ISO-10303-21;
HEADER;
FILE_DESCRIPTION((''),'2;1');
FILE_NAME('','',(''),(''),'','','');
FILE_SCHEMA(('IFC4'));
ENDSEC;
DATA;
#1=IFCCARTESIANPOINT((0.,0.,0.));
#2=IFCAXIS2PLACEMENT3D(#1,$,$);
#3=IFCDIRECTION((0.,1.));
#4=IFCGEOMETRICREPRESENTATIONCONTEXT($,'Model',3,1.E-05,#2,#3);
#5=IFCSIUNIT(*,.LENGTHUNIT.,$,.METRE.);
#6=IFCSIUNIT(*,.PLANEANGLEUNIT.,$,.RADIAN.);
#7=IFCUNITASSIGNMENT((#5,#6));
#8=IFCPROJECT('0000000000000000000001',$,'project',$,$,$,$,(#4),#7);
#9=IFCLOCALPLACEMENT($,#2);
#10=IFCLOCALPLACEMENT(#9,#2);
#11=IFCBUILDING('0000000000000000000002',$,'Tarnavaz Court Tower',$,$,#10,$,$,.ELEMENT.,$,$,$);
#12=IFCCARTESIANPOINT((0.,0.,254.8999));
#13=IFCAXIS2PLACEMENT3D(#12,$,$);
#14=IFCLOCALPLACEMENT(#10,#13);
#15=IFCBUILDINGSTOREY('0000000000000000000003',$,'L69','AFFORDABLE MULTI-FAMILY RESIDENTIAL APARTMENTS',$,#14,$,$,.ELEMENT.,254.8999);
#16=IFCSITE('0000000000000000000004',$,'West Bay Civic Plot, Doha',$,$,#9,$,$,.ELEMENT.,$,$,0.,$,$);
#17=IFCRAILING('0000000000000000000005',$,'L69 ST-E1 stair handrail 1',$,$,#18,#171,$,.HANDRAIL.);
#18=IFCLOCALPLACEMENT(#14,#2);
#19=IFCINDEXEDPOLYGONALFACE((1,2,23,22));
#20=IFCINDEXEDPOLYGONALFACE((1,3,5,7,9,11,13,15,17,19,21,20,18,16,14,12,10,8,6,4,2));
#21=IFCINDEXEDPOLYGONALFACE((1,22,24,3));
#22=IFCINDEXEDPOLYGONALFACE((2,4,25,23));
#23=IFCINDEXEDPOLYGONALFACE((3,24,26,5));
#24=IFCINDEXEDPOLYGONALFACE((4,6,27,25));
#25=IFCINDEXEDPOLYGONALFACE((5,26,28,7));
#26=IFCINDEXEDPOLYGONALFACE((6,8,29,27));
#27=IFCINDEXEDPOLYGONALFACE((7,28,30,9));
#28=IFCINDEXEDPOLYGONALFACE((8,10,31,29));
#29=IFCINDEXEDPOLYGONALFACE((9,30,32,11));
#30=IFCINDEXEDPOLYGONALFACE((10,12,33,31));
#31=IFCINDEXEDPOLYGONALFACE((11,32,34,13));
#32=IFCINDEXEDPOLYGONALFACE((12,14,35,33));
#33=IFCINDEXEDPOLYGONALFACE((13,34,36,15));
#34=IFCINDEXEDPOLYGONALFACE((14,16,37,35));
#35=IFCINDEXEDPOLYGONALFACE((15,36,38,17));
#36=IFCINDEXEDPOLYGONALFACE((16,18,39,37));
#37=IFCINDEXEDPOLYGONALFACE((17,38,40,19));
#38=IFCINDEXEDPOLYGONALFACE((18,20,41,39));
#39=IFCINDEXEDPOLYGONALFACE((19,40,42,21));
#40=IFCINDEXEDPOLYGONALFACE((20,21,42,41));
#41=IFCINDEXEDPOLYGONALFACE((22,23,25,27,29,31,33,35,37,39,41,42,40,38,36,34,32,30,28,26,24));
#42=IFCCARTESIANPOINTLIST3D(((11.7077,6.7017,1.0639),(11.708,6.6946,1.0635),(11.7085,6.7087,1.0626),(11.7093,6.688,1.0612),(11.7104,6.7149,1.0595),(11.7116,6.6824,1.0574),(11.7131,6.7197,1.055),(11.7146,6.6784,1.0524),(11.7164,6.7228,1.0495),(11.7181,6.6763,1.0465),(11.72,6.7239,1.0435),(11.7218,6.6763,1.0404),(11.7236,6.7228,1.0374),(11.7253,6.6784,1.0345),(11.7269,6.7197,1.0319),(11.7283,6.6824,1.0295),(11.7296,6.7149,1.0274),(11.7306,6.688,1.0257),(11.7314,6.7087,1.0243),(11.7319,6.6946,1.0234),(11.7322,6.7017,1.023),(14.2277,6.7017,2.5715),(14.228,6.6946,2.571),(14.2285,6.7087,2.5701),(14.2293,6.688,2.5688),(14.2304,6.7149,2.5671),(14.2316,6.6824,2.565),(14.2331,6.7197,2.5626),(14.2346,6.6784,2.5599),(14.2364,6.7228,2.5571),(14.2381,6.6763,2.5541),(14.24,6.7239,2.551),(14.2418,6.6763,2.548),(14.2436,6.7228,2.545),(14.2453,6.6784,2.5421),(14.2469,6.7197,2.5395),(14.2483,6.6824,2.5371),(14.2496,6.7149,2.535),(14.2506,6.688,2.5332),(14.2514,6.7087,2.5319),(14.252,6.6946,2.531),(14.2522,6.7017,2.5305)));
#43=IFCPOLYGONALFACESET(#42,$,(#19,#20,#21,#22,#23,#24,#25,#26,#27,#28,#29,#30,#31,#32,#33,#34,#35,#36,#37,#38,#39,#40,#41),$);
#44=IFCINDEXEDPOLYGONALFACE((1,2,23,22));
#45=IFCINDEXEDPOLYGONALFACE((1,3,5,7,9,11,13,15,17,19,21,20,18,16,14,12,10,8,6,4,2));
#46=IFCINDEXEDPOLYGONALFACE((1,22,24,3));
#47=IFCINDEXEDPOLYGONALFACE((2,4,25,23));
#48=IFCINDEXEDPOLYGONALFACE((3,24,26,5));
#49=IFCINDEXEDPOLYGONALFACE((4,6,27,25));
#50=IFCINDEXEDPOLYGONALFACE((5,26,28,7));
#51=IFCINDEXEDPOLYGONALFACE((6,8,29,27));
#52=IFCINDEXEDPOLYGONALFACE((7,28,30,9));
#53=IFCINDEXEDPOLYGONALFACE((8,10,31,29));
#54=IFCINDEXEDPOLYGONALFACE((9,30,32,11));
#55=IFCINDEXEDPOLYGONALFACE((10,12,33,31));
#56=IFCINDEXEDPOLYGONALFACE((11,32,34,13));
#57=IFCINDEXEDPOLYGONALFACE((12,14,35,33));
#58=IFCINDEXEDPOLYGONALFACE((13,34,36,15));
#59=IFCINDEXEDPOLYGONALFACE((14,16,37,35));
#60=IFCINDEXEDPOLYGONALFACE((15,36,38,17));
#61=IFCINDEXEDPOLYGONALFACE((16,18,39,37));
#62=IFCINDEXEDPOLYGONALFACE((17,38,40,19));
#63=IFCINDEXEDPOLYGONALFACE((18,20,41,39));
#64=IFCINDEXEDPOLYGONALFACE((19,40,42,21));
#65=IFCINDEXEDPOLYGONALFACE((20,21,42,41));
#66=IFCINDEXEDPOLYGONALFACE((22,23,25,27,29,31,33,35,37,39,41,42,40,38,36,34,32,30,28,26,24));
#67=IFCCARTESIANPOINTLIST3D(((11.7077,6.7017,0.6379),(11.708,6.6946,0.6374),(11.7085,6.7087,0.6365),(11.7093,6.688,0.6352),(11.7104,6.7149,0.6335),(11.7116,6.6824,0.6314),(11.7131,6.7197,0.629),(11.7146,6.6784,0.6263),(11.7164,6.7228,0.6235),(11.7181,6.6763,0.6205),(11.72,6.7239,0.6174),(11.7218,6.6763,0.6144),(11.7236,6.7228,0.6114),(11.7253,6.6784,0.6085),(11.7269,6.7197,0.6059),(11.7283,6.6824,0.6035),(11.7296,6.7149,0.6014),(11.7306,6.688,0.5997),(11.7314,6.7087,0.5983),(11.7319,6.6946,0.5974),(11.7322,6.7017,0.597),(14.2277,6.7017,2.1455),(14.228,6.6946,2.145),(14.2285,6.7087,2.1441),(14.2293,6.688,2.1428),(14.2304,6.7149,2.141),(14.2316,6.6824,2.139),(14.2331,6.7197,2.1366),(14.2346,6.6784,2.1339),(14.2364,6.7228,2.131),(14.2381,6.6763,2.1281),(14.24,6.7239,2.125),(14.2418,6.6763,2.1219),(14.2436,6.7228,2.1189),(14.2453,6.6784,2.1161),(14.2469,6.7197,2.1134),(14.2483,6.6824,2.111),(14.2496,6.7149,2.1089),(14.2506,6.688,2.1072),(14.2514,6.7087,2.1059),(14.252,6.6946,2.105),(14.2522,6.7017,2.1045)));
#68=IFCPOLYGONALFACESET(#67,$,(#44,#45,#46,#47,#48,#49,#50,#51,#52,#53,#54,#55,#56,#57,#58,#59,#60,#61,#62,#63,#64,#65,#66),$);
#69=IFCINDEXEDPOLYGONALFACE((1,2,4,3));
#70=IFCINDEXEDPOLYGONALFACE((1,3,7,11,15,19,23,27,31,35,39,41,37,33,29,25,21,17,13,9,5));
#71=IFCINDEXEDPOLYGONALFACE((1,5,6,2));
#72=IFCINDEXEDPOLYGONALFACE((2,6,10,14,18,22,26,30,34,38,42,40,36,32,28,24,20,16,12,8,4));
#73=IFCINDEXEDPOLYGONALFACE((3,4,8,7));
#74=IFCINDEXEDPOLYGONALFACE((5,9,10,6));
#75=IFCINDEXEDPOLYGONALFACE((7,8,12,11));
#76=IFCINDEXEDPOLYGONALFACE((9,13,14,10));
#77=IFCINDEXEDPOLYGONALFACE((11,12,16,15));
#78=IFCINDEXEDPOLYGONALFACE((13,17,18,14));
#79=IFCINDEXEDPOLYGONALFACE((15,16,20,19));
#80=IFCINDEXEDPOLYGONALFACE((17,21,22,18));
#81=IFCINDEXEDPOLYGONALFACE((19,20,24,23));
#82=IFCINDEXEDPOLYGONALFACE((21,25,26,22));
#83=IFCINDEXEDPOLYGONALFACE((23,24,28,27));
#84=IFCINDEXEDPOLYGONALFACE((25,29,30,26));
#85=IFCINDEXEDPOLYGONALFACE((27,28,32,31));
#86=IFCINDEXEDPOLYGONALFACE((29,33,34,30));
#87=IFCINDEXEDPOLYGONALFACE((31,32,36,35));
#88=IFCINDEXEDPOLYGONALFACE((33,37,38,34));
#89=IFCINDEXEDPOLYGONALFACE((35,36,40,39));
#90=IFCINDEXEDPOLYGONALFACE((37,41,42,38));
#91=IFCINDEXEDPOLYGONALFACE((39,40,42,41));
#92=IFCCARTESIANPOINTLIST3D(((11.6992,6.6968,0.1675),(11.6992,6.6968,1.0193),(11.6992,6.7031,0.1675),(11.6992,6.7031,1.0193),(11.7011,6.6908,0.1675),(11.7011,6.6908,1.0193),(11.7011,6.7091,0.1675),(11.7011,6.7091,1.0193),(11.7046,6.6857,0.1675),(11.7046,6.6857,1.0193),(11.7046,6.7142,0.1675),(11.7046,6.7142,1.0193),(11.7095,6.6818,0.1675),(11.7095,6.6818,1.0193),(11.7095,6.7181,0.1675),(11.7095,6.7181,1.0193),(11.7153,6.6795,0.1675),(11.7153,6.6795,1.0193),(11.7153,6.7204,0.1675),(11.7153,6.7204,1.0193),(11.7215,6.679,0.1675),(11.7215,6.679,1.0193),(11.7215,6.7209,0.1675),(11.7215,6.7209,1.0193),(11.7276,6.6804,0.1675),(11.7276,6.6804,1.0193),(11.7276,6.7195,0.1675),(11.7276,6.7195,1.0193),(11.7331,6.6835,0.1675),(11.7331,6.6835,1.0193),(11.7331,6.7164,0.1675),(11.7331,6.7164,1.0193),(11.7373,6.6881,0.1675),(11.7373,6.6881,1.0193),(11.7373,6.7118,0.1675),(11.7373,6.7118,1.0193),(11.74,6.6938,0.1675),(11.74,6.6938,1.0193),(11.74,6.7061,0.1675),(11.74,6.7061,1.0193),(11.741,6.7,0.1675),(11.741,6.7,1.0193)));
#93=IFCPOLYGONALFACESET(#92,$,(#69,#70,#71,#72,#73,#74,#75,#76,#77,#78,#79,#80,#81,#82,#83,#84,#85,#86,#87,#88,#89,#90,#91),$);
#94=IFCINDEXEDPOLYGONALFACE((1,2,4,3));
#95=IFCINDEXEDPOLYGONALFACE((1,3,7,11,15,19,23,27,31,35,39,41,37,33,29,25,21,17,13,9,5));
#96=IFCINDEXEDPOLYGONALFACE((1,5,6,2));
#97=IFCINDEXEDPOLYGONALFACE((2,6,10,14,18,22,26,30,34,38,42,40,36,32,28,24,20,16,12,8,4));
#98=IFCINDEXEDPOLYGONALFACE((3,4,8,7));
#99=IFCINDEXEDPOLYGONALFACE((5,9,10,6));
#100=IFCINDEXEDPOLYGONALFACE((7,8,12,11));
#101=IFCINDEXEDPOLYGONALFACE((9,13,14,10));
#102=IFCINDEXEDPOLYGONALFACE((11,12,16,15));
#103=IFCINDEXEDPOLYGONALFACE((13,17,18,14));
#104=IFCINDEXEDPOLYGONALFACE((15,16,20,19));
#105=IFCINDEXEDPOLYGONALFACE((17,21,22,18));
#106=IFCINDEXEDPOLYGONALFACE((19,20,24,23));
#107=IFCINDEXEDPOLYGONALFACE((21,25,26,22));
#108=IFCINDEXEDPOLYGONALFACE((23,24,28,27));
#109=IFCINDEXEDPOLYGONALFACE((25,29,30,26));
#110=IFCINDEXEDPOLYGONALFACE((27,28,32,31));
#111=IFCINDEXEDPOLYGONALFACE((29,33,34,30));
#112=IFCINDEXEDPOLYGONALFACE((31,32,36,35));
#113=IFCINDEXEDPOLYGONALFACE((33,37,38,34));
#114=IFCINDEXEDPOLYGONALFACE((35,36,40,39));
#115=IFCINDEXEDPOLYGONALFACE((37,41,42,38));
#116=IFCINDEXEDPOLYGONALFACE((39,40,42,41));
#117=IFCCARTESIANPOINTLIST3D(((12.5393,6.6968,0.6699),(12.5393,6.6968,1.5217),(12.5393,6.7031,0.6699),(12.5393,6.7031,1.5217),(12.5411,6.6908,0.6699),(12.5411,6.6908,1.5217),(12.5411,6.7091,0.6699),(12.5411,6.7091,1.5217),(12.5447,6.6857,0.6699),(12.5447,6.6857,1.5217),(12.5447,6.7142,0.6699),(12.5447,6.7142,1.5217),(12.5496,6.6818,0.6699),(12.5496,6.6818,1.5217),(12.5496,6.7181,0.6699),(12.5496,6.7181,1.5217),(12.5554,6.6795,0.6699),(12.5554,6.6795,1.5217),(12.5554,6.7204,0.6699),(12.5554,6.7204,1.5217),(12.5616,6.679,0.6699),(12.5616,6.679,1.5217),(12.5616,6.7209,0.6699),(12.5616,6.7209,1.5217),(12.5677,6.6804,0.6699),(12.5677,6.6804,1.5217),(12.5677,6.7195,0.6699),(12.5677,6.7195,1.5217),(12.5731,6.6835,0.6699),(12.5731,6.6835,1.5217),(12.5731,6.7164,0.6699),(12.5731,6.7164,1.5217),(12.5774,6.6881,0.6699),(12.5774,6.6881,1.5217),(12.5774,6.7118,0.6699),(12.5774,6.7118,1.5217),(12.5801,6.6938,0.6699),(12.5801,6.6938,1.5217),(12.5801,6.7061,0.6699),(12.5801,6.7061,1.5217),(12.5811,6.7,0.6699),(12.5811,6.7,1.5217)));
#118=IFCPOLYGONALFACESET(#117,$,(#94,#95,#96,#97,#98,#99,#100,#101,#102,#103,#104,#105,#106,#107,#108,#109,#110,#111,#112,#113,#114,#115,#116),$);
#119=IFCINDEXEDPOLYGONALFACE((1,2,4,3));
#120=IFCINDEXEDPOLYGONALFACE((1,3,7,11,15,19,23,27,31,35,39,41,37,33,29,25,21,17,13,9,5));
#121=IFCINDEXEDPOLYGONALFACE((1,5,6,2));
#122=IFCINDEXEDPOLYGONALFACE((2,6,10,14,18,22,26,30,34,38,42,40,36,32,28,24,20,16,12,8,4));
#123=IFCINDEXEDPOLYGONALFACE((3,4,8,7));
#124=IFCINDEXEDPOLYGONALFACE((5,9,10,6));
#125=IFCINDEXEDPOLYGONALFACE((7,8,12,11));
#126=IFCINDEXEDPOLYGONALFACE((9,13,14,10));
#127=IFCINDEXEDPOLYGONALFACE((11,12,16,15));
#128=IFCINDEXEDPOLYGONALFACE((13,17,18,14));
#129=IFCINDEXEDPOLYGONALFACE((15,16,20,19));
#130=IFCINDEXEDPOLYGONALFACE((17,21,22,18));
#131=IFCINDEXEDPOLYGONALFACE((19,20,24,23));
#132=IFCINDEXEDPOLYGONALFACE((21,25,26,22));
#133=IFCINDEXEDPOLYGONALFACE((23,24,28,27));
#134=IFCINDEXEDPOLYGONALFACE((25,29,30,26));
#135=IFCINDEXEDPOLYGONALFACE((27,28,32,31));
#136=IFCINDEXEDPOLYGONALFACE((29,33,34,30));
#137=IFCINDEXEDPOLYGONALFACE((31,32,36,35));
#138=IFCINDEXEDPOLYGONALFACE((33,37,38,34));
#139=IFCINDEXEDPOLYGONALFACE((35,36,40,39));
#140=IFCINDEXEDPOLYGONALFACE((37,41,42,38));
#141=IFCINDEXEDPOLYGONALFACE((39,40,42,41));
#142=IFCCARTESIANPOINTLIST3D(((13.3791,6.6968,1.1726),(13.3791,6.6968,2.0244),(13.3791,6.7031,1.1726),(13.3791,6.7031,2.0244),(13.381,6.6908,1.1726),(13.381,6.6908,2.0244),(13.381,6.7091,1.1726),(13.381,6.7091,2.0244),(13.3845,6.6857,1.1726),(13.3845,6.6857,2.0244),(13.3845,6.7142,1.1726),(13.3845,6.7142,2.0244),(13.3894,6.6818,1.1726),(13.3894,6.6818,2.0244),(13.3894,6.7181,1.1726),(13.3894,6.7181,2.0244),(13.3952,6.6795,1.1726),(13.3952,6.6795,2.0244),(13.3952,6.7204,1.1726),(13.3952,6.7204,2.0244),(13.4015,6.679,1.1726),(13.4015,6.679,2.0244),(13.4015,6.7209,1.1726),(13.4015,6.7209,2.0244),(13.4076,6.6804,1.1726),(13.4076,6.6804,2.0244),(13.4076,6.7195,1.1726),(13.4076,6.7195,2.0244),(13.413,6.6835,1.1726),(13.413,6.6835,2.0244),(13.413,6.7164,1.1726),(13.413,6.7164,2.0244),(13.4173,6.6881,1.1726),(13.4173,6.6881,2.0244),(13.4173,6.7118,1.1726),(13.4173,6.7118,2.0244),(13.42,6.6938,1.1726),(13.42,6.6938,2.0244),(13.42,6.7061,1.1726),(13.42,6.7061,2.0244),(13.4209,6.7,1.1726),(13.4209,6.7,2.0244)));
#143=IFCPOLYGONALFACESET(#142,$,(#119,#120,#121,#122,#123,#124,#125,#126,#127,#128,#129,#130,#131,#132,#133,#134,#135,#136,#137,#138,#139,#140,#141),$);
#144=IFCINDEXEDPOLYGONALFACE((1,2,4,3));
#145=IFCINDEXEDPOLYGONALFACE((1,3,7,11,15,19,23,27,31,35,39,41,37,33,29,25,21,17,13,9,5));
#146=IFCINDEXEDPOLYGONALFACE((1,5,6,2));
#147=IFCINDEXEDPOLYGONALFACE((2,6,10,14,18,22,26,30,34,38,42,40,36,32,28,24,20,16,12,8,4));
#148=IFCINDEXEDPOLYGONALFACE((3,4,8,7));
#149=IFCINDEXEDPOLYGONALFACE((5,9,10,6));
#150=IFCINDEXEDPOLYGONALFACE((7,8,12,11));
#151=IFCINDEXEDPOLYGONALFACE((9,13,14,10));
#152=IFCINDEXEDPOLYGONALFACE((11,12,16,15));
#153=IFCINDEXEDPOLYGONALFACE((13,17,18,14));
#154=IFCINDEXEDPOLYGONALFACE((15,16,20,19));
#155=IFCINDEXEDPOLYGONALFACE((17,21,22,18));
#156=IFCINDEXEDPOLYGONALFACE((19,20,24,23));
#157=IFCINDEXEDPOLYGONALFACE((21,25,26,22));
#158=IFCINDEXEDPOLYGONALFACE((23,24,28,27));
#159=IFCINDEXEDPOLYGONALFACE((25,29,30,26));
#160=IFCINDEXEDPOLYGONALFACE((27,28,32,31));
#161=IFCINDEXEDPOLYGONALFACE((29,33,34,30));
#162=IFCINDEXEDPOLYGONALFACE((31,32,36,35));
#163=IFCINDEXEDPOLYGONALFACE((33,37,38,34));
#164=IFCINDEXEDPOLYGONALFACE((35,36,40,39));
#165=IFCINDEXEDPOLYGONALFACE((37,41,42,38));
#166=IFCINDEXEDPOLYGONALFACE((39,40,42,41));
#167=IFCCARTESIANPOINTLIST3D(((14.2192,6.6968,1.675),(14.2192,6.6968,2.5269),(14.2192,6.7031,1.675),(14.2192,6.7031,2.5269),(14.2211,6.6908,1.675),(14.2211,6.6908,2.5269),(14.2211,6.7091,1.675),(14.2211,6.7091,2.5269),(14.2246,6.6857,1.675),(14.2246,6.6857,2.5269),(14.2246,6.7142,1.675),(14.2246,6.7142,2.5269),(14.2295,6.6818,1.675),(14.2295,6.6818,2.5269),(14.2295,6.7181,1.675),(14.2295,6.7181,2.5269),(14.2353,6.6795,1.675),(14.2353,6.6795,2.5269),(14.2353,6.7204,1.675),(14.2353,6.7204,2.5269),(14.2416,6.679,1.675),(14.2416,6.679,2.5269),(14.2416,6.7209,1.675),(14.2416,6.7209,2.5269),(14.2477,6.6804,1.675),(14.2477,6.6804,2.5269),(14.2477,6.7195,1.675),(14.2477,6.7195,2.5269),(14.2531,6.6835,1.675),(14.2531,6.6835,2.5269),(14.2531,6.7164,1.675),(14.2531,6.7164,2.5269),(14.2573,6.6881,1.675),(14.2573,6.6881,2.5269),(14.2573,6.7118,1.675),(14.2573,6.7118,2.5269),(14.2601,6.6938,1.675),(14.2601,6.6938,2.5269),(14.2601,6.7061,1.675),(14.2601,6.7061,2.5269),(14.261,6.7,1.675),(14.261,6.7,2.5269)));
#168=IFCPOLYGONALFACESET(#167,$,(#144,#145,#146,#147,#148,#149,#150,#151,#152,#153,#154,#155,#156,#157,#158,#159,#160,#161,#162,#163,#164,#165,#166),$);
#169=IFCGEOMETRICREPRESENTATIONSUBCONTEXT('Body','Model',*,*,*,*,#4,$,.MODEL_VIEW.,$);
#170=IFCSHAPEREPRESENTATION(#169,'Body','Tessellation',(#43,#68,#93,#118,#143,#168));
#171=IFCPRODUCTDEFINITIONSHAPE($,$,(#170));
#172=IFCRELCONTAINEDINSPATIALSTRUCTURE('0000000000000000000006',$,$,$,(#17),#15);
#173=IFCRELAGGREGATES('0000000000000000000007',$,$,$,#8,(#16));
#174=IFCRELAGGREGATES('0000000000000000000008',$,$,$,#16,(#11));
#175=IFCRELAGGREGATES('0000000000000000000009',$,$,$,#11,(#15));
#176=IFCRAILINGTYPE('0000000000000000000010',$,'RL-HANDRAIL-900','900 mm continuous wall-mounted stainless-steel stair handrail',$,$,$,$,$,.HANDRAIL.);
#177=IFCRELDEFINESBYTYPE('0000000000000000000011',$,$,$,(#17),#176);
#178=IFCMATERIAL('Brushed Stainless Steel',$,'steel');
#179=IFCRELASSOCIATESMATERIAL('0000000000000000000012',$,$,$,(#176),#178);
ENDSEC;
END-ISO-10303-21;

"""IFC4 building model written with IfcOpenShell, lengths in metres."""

from ifc_helpers import new_model, si_unit, direction, frame, origin, origin_2d, place, context, subcontext, project, spatial, circle, extrude, material, type_object, element, save


model = new_model("IFC4")

# Units and contexts
model_context = context("Model", 3, precision=1e-05, world=origin(), true_north=direction((0.0, 1.0)))
body_context = subcontext(model_context, "Body", "Model", "MODEL_VIEW")
ifc_project = project(units=[si_unit("LENGTHUNIT", "METRE"), si_unit("PLANEANGLEUNIT", "RADIAN")], contexts=[model_context])

# Site, building, storey
site_placement = place(None, origin())
site = spatial("IfcSite", under=ifc_project, at=site_placement, Name="West Bay Civic Plot, Doha", CompositionType="ELEMENT", RefElevation=0.0)
building_placement = place(site_placement, origin())
building = spatial("IfcBuilding", under=site, at=building_placement, Name="Tarnavaz Court Tower", CompositionType="ELEMENT")
storey_placement = place(building_placement, frame((0.0, 0.0, 254.8999)))
storey = spatial("IfcBuildingStorey", under=building, at=storey_placement, Name="L69", Description="AFFORDABLE MULTI-FAMILY RESIDENTIAL APARTMENTS", CompositionType="ELEMENT", Elevation=254.8999)

# Railing
ifc_material_1 = material(Name="Brushed Stainless Steel", Category="steel")
railing_type_1 = type_object("IfcRailingType", Name="RL-HANDRAIL-900", Description="900 mm continuous wall-mounted stainless-steel stair handrail", PredefinedType="HANDRAIL", material=ifc_material_1)
railing_1_placement = place(storey_placement, frame((11.72, 6.7, 0.1675)))
element("IfcRailing", 1, at=railing_1_placement, inside=storey, type_object=railing_type_1, Name="L69 ST-E1 stair handrail 1", PredefinedType="HANDRAIL", context=body_context, shape_type="SweptSolid", body=[
    extrude(circle(Radius=0.0239, at=origin_2d()), frame((0.0, 0.0, 0.876), z_axis=(0.85816, 0.0, 0.513383), x_axis=(0.0, 1.0, 0.0)), (0.0, 0.0, 1.0), 2.9365),
    extrude(circle(Radius=0.0239, at=origin_2d()), frame((0.0, 0.0, 0.45), z_axis=(0.85816, 0.0, 0.513383), x_axis=(0.0, 1.0, 0.0)), (0.0, 0.0, 1.0), 2.9365),
    extrude(circle(Radius=0.021, at=origin_2d()), origin(), (0.0, 0.0, 1.0), 0.8518),
    extrude(circle(Radius=0.021, at=origin_2d()), frame((0.8401, 0.0, 0.5024)), (0.0, 0.0, 1.0), 0.8518),
    extrude(circle(Radius=0.021, at=origin_2d()), frame((1.6799, 0.0, 1.0051)), (0.0, 0.0, 1.0), 0.8518),
    extrude(circle(Radius=0.021, at=origin_2d()), frame((2.52, 0.0, 1.5076)), (0.0, 0.0, 1.0), 0.8518),
])

save(model, "model.ifc")
